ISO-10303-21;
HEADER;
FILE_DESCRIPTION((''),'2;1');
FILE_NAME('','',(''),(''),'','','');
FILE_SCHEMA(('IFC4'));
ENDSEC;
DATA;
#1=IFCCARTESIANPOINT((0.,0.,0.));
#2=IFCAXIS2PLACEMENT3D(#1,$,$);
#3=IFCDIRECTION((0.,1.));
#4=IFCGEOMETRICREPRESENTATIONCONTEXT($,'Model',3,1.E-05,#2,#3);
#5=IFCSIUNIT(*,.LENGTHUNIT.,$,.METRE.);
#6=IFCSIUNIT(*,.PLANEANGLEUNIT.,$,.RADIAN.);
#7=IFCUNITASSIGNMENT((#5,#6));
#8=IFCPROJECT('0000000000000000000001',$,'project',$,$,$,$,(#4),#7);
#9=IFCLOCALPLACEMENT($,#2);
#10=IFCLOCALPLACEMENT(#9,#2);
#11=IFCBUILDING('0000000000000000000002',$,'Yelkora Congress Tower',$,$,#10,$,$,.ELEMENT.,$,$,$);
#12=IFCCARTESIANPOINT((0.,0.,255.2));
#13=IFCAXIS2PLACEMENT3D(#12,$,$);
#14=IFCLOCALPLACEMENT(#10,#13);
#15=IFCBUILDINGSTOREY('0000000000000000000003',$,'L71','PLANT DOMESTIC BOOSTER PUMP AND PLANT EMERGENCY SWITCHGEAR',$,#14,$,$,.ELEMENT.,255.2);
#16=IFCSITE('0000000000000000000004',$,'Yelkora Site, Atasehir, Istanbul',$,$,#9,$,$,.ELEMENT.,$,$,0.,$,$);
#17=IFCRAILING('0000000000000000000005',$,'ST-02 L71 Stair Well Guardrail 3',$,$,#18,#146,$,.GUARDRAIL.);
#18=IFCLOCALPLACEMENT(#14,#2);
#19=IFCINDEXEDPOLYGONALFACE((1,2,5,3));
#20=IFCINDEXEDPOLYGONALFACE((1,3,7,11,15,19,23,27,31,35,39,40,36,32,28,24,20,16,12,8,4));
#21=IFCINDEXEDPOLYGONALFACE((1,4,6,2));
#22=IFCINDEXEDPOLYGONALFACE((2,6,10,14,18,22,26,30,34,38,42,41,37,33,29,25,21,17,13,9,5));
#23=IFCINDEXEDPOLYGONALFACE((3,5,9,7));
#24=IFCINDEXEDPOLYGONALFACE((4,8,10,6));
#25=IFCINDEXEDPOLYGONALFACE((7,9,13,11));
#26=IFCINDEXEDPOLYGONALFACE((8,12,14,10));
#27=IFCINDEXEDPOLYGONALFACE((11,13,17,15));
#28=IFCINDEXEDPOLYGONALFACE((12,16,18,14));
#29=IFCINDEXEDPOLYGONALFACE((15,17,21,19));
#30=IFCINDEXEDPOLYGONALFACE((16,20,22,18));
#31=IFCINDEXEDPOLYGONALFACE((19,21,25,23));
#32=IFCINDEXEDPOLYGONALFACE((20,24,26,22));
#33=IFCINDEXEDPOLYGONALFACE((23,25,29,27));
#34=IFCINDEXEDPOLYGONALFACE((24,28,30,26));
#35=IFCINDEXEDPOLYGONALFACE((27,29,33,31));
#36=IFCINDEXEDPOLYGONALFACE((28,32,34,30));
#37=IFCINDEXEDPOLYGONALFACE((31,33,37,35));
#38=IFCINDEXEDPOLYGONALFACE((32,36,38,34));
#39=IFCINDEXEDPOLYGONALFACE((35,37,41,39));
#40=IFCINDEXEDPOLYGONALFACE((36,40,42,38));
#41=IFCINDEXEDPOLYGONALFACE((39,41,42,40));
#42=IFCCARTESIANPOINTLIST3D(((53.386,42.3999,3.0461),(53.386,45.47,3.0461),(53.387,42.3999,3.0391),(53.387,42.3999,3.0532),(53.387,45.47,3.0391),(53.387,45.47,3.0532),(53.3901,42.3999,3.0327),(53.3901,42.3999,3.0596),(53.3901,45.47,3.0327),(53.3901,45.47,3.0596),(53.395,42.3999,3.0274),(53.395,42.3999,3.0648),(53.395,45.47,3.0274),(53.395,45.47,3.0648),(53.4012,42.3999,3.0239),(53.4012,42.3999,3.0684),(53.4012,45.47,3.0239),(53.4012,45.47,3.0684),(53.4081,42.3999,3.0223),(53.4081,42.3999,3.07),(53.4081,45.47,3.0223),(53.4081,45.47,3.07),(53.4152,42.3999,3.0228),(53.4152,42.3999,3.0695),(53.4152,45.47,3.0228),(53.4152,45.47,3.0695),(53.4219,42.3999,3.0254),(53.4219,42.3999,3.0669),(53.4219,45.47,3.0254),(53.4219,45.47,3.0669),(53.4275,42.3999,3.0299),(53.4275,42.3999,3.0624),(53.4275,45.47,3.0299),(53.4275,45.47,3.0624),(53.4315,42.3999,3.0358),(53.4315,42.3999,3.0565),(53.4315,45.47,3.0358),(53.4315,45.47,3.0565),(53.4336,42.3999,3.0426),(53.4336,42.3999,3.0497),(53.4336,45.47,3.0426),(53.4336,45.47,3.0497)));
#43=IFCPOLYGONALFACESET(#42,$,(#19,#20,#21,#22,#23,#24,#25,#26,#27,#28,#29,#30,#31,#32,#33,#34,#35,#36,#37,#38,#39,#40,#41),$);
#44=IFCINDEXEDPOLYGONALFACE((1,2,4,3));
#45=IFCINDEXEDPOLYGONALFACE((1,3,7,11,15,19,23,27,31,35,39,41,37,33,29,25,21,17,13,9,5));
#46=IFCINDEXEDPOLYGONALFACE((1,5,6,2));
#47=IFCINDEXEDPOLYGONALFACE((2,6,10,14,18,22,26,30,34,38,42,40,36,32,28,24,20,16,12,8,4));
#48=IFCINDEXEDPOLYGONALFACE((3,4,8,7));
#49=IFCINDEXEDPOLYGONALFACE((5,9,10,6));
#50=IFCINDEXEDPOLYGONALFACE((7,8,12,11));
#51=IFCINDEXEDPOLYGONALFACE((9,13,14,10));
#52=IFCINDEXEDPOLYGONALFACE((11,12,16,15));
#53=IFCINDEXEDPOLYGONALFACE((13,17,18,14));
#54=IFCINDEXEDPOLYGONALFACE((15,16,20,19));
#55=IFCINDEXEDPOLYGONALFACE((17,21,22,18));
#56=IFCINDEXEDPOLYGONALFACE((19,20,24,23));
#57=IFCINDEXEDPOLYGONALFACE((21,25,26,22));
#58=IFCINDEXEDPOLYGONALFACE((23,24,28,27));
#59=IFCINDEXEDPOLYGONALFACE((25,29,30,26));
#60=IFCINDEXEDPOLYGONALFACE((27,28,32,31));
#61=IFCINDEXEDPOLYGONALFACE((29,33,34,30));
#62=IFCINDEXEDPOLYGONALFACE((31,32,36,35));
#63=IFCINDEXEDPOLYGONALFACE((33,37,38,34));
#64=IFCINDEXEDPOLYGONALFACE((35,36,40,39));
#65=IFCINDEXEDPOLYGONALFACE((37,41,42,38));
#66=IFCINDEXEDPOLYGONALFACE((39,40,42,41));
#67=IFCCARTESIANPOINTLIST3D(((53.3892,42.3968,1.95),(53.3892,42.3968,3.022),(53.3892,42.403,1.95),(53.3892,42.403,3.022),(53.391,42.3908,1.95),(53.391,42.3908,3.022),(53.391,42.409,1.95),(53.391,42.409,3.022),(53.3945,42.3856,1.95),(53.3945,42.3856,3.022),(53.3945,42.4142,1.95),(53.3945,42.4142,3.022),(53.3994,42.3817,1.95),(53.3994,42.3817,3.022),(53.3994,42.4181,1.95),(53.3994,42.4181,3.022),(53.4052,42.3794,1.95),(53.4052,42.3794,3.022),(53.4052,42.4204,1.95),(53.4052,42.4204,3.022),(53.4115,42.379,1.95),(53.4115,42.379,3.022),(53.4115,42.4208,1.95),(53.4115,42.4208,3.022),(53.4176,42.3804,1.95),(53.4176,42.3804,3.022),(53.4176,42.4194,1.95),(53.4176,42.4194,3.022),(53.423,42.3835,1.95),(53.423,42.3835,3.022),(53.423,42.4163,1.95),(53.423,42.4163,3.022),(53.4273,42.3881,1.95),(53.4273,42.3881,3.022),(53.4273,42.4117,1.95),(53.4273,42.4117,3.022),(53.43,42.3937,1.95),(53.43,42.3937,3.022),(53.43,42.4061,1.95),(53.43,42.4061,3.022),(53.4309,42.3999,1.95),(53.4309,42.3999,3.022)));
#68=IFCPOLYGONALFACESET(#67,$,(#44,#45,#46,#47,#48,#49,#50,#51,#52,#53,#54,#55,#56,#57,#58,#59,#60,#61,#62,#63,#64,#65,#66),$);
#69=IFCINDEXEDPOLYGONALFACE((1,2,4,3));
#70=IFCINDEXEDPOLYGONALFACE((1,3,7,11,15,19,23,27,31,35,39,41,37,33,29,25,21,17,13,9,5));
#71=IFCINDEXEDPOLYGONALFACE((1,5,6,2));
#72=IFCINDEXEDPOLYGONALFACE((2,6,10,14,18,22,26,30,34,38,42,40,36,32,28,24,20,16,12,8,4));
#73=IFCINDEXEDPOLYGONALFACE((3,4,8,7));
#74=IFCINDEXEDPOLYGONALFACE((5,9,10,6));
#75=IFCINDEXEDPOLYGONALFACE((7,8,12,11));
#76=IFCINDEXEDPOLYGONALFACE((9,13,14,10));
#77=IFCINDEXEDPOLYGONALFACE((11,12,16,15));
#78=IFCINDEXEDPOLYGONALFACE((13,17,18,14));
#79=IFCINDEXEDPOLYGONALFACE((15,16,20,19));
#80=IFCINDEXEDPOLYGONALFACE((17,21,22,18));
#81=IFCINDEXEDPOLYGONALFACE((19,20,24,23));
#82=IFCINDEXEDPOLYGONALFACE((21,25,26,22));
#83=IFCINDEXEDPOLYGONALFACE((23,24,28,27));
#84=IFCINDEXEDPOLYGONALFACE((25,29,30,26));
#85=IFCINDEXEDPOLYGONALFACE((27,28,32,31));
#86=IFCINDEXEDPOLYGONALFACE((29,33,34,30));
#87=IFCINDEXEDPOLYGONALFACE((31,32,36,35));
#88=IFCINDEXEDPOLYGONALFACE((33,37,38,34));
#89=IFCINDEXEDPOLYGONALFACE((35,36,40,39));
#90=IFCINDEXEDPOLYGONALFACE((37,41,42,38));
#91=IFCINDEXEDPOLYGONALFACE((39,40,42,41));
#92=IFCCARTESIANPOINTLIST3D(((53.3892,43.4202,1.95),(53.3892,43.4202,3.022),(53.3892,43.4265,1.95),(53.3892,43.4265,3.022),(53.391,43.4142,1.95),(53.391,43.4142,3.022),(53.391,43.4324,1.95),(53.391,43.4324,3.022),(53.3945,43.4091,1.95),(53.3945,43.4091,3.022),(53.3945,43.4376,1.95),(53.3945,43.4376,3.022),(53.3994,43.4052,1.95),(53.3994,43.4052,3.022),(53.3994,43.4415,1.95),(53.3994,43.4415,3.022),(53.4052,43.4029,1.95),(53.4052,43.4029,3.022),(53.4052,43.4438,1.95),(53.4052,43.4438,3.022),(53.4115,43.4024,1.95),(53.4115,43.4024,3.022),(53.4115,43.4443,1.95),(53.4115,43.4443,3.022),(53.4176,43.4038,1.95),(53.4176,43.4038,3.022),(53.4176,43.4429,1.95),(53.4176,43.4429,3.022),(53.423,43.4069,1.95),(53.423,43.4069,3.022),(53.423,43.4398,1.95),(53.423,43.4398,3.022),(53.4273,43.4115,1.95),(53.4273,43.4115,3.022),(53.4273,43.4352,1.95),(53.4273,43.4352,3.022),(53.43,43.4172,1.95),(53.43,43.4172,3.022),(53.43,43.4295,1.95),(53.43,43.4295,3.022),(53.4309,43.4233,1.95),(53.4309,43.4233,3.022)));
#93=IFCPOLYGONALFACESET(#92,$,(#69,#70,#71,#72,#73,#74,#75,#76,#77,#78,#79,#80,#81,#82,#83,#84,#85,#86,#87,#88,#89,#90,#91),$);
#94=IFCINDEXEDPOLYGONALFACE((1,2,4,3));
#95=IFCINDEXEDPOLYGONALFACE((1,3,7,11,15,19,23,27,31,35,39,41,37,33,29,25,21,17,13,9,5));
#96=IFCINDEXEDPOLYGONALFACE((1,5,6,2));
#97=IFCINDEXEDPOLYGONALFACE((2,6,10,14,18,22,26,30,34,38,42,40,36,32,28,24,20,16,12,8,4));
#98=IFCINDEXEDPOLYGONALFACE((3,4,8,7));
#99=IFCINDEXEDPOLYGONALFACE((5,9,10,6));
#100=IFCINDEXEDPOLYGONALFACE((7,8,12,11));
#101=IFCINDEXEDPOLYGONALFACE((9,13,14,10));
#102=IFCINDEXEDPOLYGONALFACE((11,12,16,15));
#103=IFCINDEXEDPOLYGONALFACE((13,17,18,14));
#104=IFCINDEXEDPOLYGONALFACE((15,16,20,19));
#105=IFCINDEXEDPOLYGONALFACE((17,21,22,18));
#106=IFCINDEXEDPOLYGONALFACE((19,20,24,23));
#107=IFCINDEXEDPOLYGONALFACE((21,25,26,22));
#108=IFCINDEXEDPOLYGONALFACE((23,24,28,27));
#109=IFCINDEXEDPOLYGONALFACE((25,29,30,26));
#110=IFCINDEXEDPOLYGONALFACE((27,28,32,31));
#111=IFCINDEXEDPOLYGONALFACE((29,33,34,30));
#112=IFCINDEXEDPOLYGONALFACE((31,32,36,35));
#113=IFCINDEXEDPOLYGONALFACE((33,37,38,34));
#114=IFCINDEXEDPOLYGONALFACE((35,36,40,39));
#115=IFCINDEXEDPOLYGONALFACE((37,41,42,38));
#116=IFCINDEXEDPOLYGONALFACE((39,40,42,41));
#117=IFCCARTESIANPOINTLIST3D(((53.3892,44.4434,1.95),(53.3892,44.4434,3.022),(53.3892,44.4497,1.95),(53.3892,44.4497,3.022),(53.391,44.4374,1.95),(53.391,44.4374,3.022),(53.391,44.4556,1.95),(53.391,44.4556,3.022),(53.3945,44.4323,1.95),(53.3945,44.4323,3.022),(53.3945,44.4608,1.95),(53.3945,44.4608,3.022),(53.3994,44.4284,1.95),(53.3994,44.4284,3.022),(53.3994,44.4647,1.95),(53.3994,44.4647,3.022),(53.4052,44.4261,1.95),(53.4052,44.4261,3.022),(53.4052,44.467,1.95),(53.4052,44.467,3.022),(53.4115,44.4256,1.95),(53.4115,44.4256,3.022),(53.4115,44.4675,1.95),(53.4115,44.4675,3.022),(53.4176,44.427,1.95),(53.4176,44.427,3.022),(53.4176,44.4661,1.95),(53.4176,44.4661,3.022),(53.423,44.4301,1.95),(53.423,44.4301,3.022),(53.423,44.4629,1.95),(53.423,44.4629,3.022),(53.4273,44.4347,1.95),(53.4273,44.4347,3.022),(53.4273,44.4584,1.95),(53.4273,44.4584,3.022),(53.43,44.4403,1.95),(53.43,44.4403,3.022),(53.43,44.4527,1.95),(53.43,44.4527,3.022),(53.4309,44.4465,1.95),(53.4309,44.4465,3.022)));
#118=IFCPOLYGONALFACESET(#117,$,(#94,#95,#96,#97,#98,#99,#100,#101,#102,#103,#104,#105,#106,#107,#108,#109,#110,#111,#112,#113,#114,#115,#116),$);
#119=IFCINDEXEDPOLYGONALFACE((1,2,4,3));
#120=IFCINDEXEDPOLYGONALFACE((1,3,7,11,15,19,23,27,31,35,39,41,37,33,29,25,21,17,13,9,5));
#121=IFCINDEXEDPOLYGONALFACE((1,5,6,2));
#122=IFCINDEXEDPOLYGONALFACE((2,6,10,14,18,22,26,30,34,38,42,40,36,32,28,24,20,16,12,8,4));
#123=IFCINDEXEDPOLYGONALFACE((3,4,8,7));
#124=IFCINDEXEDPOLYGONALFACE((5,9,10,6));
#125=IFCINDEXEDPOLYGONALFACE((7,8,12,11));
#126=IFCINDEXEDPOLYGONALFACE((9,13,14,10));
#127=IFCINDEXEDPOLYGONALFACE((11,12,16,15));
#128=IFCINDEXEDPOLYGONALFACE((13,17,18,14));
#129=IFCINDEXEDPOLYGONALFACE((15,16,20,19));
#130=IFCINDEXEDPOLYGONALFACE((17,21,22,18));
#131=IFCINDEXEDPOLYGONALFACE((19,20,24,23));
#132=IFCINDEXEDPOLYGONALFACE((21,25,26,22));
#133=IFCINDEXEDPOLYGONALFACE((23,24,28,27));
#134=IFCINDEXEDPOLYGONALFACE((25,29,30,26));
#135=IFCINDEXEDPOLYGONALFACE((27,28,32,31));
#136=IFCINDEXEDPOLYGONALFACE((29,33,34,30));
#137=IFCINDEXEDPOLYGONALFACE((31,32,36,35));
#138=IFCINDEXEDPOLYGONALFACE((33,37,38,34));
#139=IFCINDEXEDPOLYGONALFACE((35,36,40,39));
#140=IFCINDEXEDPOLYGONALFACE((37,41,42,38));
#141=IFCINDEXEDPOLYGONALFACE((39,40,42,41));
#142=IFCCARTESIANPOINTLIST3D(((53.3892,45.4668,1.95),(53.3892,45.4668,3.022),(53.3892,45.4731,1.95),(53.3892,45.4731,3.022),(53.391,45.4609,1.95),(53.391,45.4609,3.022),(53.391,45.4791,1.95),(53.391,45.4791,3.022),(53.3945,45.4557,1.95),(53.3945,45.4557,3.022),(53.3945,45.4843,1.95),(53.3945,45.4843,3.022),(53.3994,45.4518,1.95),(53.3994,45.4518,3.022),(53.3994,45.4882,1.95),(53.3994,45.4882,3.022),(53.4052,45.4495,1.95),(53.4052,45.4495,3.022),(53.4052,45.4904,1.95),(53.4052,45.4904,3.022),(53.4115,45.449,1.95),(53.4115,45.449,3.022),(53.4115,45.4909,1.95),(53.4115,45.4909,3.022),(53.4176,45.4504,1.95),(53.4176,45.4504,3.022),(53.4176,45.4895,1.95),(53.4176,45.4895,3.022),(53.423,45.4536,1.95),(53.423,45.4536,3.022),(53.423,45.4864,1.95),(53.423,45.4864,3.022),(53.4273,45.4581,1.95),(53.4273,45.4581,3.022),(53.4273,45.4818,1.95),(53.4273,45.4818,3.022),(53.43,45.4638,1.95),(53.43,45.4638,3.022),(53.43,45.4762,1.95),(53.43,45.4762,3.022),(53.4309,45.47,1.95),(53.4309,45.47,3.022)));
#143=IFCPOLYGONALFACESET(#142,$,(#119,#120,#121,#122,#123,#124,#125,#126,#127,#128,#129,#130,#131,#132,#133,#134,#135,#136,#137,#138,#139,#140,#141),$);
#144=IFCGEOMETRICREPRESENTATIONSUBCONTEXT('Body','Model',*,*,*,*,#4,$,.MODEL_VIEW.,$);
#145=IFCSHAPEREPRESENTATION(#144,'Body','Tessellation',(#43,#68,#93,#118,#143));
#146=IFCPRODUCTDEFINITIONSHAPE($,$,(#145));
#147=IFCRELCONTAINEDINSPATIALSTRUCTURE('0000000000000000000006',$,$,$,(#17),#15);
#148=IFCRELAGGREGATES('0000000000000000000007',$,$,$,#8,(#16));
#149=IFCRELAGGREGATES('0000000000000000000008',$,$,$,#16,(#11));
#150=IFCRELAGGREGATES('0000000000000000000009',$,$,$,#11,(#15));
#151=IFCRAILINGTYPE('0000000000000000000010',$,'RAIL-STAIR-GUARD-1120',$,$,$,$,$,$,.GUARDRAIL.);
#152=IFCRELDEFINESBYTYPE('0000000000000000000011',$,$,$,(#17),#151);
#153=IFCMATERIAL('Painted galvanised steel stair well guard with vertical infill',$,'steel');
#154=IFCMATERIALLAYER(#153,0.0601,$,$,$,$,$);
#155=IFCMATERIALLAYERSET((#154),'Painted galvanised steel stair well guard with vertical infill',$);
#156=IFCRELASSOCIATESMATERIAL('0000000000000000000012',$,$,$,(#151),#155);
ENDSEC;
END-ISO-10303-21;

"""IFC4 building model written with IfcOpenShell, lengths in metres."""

from ifc_helpers import new_model, si_unit, direction, frame, origin, origin_2d, place, context, subcontext, project, spatial, circle, extrude, material, layer, layer_set, type_object, element, save


model = new_model("IFC4")

# Units and contexts
model_context = context("Model", 3, precision=1e-05, world=origin(), true_north=direction((0.0, 1.0)))
body_context = subcontext(model_context, "Body", "Model", "MODEL_VIEW")
ifc_project = project(units=[si_unit("LENGTHUNIT", "METRE"), si_unit("PLANEANGLEUNIT", "RADIAN")], contexts=[model_context])

# Site, building, storey
site_placement = place(None, origin())
site = spatial("IfcSite", under=ifc_project, at=site_placement, Name="Yelkora Site, Atasehir, Istanbul", CompositionType="ELEMENT", RefElevation=0.0)
building_placement = place(site_placement, origin())
building = spatial("IfcBuilding", under=site, at=building_placement, Name="Yelkora Congress Tower", CompositionType="ELEMENT")
storey_placement = place(building_placement, frame((0.0, 0.0, 255.2)))
storey = spatial("IfcBuildingStorey", under=building, at=storey_placement, Name="L71", Description="PLANT DOMESTIC BOOSTER PUMP AND PLANT EMERGENCY SWITCHGEAR", CompositionType="ELEMENT", Elevation=255.2)

# Railing
ifc_material_1 = material(Name="Painted galvanised steel stair well guard with vertical infill", Category="steel")
ifc_layer_1 = layer(ifc_material_1, 0.0601)
ifc_layer_set_1 = layer_set([ifc_layer_1], Name="Painted galvanised steel stair well guard with vertical infill")
railing_type_1 = type_object("IfcRailingType", Name="RAIL-STAIR-GUARD-1120", PredefinedType="GUARDRAIL", material=ifc_layer_set_1)
railing_1_placement = place(storey_placement, frame((53.4099, 42.3999, 1.95)))
element("IfcRailing", 1, at=railing_1_placement, inside=storey, type_object=railing_type_1, Name="ST-02 L71 Stair Well Guardrail 3", PredefinedType="GUARDRAIL", context=body_context, shape_type="SweptSolid", body=[
    extrude(circle(Radius=0.0239, at=origin_2d()), frame((0.0, 0.0, 1.0962), z_axis=(0.0, 1.0, 0.0), x_axis=(-1.0, 0.0, 0.0)), (0.0, 0.0, 1.0), 3.0701),
    extrude(circle(Radius=0.021, at=origin_2d()), origin(), (0.0, 0.0, 1.0), 1.072),
    extrude(circle(Radius=0.021, at=origin_2d()), frame((0.0, 1.0234, 0.0)), (0.0, 0.0, 1.0), 1.072),
    extrude(circle(Radius=0.021, at=origin_2d()), frame((0.0, 2.0466, 0.0)), (0.0, 0.0, 1.0), 1.072),
    extrude(circle(Radius=0.021, at=origin_2d()), frame((0.0, 3.0701, 0.0)), (0.0, 0.0, 1.0), 1.072),
])

save(model, "model.ifc")
